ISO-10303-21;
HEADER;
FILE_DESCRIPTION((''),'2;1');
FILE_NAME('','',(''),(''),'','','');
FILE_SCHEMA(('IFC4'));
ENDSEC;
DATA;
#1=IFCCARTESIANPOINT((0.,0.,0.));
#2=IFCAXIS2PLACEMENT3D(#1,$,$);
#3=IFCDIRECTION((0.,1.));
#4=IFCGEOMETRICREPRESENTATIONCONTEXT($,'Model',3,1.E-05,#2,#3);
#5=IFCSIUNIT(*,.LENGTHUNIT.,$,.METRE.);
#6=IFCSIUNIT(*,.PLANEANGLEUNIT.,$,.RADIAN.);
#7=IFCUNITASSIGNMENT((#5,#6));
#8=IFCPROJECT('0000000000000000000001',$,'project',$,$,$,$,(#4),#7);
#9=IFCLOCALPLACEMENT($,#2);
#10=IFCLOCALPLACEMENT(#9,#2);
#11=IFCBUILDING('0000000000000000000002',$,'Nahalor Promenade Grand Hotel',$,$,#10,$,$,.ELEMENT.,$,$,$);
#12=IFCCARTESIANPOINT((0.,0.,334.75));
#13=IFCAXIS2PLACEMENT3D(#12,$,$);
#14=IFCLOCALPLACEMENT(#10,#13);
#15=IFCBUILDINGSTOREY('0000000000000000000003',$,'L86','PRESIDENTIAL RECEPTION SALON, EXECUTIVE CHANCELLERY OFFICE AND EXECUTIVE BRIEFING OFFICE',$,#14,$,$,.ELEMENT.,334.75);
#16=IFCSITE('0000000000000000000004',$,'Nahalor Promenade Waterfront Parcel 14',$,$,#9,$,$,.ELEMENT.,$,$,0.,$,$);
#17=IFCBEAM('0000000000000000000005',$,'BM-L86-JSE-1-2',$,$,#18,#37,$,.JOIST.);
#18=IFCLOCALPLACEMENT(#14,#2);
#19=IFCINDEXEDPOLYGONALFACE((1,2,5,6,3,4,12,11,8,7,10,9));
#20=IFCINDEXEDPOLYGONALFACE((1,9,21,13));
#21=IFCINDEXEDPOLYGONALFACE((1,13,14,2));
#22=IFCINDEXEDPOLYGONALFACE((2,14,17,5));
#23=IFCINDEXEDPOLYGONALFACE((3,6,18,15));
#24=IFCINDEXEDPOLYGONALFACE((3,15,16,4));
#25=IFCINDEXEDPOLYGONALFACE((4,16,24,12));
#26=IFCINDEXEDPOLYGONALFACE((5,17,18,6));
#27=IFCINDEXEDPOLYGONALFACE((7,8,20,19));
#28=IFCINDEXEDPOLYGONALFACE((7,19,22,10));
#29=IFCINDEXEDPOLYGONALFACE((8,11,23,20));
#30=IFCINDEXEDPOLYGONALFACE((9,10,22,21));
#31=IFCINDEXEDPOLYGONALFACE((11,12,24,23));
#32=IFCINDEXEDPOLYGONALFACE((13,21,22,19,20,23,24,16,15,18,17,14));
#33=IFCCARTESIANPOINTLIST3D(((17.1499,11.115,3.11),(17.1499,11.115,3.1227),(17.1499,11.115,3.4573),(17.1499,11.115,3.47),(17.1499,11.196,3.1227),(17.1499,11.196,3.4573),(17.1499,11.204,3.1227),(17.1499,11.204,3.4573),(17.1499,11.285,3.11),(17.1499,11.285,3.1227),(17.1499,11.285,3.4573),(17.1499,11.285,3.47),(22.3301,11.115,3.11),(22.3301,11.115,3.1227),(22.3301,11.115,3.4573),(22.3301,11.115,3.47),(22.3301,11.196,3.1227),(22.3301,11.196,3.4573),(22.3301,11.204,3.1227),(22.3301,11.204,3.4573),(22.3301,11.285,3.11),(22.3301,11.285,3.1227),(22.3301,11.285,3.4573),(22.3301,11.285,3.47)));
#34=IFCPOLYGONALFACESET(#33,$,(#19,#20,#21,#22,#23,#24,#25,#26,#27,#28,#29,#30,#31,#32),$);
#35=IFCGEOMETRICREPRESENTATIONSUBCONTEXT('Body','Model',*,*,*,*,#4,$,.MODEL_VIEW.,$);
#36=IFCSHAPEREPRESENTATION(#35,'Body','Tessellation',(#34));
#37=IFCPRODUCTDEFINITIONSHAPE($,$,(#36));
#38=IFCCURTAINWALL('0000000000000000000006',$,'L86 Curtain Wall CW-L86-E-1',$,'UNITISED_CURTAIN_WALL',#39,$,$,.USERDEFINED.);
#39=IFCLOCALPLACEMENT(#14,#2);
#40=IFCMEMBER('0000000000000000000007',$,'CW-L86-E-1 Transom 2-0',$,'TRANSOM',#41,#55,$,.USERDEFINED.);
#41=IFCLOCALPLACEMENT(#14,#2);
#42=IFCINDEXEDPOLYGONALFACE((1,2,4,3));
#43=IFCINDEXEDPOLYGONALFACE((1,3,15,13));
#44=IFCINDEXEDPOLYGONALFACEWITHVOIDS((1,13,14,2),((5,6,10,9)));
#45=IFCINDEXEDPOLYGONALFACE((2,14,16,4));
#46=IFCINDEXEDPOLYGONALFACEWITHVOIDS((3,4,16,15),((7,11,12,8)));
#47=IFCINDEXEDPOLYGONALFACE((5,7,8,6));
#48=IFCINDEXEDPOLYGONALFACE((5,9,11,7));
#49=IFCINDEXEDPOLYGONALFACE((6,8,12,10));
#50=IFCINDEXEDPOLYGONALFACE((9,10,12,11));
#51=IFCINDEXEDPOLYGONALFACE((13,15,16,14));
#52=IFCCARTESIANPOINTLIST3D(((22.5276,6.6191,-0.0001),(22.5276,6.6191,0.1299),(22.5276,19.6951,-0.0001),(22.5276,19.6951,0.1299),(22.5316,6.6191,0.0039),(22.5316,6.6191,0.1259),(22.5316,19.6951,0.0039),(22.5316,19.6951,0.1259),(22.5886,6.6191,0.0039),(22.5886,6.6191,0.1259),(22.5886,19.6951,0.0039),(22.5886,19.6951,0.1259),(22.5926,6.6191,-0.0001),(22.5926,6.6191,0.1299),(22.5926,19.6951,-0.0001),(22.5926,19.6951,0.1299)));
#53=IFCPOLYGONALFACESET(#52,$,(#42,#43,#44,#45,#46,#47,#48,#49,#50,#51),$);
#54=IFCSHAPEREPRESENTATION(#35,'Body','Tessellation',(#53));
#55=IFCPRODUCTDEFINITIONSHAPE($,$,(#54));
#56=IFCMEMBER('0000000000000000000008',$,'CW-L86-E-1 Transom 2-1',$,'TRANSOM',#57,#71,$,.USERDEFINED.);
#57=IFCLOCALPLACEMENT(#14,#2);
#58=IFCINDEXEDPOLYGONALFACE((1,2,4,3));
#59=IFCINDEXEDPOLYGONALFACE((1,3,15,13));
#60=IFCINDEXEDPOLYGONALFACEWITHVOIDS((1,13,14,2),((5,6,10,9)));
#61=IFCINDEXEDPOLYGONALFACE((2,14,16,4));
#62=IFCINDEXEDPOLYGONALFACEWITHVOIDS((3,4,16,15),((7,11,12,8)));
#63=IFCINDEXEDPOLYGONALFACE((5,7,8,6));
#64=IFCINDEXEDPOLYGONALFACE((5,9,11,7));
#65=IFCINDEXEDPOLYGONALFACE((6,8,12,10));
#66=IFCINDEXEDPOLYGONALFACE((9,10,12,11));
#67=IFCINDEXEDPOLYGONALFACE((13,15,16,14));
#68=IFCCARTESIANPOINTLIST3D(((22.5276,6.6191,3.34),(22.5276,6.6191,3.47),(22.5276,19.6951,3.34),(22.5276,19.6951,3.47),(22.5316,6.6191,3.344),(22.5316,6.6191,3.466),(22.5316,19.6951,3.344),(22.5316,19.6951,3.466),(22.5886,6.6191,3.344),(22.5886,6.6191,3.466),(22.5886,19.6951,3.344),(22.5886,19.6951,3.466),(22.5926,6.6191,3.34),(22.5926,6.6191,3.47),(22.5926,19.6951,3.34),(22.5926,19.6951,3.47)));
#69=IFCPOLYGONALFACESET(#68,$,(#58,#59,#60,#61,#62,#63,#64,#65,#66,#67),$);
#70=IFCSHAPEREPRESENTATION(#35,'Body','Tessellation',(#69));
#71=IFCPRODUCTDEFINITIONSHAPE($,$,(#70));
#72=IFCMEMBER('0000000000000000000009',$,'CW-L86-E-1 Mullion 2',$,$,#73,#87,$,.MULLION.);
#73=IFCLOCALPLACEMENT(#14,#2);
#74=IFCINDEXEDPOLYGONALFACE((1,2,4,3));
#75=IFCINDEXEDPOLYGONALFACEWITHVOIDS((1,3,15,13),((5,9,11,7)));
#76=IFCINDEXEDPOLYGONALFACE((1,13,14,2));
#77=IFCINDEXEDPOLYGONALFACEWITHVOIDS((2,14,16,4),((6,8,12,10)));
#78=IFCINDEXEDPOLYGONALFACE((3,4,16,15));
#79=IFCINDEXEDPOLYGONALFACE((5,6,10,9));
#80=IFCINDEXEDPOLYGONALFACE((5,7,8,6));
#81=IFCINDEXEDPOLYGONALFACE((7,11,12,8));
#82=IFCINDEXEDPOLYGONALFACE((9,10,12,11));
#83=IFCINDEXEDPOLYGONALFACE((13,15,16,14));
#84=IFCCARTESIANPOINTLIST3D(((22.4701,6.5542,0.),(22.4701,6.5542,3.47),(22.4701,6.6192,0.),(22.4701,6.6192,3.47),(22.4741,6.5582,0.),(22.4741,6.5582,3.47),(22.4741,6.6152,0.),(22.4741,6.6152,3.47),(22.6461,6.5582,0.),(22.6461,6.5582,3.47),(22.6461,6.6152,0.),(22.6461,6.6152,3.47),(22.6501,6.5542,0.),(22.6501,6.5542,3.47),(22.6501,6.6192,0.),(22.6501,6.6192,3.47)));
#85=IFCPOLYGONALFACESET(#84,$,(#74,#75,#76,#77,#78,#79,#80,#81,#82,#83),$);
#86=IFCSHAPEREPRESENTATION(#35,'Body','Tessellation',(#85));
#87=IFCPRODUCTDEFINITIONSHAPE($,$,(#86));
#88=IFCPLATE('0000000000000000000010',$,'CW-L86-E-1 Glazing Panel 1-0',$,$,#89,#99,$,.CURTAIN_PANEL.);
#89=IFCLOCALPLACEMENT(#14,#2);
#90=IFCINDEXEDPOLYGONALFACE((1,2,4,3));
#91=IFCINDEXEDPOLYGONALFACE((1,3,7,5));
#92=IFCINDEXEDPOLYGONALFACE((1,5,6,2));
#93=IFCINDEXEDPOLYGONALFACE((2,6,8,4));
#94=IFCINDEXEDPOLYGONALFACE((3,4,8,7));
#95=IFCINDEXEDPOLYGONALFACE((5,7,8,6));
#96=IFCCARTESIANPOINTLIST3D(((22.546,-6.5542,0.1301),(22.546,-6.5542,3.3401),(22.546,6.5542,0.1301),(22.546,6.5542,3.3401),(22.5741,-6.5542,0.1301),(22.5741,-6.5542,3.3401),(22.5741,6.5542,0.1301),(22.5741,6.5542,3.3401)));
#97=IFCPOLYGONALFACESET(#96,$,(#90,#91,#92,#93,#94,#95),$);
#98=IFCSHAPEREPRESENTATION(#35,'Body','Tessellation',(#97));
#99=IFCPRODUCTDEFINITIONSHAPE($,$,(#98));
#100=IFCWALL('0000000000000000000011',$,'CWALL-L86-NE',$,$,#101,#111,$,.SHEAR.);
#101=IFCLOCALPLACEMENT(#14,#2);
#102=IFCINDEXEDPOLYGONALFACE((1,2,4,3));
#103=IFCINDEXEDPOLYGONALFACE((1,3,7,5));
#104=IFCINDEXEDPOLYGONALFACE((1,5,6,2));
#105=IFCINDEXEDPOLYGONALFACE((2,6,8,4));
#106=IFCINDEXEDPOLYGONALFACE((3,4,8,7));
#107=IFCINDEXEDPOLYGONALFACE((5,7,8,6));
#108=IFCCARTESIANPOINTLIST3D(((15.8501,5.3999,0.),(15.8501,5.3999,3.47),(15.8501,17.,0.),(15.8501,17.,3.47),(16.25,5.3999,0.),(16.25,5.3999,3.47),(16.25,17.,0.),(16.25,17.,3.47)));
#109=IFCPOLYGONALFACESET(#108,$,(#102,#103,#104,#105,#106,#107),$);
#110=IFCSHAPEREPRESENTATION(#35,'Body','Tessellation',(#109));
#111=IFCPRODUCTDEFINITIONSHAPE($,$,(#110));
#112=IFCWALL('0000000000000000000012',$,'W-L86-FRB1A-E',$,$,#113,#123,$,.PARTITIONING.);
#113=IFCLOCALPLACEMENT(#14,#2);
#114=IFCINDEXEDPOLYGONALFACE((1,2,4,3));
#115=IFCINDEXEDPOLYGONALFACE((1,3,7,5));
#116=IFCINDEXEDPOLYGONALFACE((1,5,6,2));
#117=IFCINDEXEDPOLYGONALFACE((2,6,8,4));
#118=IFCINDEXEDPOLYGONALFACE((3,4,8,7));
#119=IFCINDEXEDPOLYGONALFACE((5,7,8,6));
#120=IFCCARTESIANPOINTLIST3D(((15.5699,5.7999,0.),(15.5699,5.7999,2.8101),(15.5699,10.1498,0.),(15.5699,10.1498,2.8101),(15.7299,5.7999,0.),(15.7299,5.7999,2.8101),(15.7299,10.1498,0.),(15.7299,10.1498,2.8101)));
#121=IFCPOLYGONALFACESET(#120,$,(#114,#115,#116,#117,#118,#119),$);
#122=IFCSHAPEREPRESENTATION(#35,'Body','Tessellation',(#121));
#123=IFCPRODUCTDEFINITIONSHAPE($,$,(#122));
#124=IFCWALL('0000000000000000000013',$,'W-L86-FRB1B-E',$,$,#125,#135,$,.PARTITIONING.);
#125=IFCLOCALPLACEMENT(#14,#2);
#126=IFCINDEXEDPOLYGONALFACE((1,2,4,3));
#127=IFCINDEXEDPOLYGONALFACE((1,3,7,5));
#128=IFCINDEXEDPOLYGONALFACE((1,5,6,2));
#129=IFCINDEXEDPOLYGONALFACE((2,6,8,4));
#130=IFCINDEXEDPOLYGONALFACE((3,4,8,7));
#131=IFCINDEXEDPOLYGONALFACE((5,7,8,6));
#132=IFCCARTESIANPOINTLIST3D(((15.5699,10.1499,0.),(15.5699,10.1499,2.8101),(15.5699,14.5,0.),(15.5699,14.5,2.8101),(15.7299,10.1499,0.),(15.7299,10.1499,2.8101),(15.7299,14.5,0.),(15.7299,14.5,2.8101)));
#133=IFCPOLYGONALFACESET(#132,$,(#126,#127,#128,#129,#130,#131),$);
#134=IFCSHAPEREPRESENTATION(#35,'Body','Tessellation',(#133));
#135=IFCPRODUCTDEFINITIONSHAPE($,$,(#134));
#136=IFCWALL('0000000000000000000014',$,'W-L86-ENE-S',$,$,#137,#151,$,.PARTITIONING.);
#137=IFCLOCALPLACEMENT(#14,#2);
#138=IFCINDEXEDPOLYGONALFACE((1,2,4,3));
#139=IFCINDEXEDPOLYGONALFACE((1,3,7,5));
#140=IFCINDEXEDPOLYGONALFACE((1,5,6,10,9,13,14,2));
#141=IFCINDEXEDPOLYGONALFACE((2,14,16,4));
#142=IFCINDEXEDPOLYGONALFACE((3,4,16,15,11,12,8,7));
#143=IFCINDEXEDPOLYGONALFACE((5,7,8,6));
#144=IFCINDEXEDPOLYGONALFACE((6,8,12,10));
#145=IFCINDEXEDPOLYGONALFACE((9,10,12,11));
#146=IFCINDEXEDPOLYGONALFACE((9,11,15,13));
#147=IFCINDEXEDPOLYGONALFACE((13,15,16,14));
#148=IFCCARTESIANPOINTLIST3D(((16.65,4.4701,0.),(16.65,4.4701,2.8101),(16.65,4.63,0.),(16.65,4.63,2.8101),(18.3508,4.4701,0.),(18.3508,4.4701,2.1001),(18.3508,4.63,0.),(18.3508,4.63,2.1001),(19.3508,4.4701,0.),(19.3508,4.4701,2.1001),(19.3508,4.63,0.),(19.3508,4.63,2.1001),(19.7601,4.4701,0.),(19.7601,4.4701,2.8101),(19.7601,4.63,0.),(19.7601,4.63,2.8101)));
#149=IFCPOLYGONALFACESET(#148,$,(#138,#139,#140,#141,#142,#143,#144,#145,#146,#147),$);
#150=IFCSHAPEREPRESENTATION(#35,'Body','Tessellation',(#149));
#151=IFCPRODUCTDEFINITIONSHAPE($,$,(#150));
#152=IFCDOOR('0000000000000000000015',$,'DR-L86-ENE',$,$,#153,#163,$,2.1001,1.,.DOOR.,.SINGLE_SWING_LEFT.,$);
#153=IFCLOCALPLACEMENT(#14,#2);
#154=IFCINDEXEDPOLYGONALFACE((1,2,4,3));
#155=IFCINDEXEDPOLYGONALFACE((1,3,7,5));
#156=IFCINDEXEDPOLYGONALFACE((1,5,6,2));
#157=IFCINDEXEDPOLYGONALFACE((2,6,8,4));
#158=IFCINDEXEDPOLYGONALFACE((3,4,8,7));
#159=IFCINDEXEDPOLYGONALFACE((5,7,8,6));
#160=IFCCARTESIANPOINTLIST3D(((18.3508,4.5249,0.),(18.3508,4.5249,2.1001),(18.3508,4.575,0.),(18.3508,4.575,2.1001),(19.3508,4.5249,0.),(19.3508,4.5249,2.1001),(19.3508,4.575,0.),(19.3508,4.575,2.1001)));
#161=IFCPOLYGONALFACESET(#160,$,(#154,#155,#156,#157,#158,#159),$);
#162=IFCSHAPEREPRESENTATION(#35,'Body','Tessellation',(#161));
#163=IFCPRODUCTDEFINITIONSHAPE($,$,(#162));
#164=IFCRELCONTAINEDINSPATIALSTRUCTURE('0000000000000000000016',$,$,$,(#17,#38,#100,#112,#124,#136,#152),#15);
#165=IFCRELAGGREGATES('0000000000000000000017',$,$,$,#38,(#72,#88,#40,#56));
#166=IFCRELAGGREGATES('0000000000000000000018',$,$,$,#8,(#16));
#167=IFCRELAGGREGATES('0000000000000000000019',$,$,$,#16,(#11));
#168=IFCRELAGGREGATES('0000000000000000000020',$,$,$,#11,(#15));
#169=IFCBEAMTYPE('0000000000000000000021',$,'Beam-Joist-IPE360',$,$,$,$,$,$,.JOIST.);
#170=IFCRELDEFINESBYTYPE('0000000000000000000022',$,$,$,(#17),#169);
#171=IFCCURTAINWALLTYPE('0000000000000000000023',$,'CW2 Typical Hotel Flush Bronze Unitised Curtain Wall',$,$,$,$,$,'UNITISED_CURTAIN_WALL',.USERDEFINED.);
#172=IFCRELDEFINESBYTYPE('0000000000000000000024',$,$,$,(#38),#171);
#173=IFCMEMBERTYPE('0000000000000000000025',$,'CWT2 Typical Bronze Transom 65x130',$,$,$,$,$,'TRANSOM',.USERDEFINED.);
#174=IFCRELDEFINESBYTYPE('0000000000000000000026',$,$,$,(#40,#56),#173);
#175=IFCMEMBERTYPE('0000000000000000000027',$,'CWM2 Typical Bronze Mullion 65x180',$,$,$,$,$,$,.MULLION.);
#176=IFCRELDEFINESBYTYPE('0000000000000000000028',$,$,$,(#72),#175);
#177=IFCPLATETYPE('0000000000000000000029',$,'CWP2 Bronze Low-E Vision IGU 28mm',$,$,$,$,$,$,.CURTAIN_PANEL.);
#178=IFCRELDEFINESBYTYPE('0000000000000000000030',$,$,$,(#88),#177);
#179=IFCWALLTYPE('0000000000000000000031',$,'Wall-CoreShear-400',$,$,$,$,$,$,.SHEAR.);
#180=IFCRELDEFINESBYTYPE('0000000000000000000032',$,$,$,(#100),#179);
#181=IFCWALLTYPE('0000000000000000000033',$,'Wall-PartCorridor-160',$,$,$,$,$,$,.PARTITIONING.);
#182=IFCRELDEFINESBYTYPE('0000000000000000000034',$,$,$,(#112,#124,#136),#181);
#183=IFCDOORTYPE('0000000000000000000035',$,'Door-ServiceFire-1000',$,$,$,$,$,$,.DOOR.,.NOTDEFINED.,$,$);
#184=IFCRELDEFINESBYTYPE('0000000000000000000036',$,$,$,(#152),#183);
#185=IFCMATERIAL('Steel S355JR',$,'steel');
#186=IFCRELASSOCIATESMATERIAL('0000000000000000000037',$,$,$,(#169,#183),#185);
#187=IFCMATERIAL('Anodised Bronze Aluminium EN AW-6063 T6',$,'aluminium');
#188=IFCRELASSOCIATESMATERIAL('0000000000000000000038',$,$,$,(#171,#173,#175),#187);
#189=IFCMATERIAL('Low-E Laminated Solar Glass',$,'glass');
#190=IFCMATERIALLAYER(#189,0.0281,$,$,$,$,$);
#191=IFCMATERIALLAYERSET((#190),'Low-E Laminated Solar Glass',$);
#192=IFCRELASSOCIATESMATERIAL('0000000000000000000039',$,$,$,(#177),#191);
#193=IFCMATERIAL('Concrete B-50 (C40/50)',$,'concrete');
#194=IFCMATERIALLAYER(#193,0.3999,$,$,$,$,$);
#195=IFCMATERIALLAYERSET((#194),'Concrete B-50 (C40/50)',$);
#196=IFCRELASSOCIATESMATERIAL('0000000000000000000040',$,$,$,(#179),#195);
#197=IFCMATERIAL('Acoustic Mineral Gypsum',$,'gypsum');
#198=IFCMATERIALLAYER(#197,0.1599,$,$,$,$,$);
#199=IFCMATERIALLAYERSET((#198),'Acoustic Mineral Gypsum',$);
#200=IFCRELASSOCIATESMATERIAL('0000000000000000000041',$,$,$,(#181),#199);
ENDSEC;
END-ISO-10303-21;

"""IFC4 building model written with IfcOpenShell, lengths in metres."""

from ifc_helpers import new_model, si_unit, direction, frame, frame_2d, origin, origin_2d, place, context, subcontext, project, spatial, rectangle, hollow_rectangle, i_section, extrude, source, transform, mapped, material, layer, layer_set, material_profile, profile_set, type_object, element, fill, aggregate, save


model = new_model("IFC4")

# Units and contexts
model_context = context("Model", 3, precision=1e-05, world=origin(), true_north=direction((0.0, 1.0)))
body_context = subcontext(model_context, "Body", "Model", "MODEL_VIEW")
ifc_project = project(units=[si_unit("LENGTHUNIT", "METRE"), si_unit("PLANEANGLEUNIT", "RADIAN")], contexts=[model_context])

# Site, building, storey
site_placement = place(None, origin())
site = spatial("IfcSite", under=ifc_project, at=site_placement, Name="Nahalor Promenade Waterfront Parcel 14", CompositionType="ELEMENT", RefElevation=0.0)
building_placement = place(site_placement, origin())
building = spatial("IfcBuilding", under=site, at=building_placement, Name="Nahalor Promenade Grand Hotel", CompositionType="ELEMENT")
storey_placement = place(building_placement, frame((0.0, 0.0, 334.75)))
storey = spatial("IfcBuildingStorey", under=building, at=storey_placement, Name="L86", Description="PRESIDENTIAL RECEPTION SALON, EXECUTIVE CHANCELLERY OFFICE AND EXECUTIVE BRIEFING OFFICE", CompositionType="ELEMENT", Elevation=334.75)

# Shared definitions
ifc_material_1 = material(Name="Steel S355JR", Category="steel")

# Beam
ifc_material_profile_1 = material_profile(ifc_material_1, i_section(OverallWidth=0.17, OverallDepth=0.36, WebThickness=0.008, FlangeThickness=0.0127, at=origin_2d()), Name="IPE 360")
ifc_profile_set_1 = profile_set([ifc_material_profile_1], Name="Steel S355JR")
beam_type_1 = type_object("IfcBeamType", Name="Beam-Joist-IPE360", PredefinedType="JOIST", material=ifc_profile_set_1)
shared_shape_1 = source(origin(), body_context, "Body", "SweptSolid", [
    extrude(i_section(OverallWidth=0.17, OverallDepth=0.36, WebThickness=0.008, FlangeThickness=0.0127, at=origin_2d()), origin(), (0.0, 0.0, 1.0), 5.1802),
])
beam_1_placement = place(storey_placement, frame((17.1499, 11.2, 3.29), z_axis=(1.0, 0.0, 0.0), x_axis=(0.0, 1.0, 0.0)))
element("IfcBeam", 1, at=beam_1_placement, inside=storey, type_object=beam_type_1, Name="BM-L86-JSE-1-2", PredefinedType="JOIST", context=body_context, shape_type="MappedRepresentation", body=[
    mapped(shared_shape_1, transform((0.0, 0.0, 0.0), scale=1.0)),
])

# Curtain wall, members, plate
ifc_material_2 = material(Name="Anodised Bronze Aluminium EN AW-6063 T6", Category="aluminium")
curtain_wall_type = type_object("IfcCurtainWallType", Name="CW2 Typical Hotel Flush Bronze Unitised Curtain Wall", ElementType="UNITISED_CURTAIN_WALL", PredefinedType="USERDEFINED", material=ifc_material_2)
curtain_wall_placement = place(storey_placement, origin())
curtain_wall = element("IfcCurtainWall", 2, at=curtain_wall_placement, inside=storey, type_object=curtain_wall_type, Name="L86 Curtain Wall CW-L86-E-1", ObjectType="UNITISED_CURTAIN_WALL", PredefinedType="USERDEFINED")
ifc_material_profile_2 = material_profile(ifc_material_2, hollow_rectangle(XDim=0.065, YDim=0.13, WallThickness=0.004, at=origin_2d()), Name="CWT 65x130x4")
ifc_profile_set_2 = profile_set([ifc_material_profile_2], Name="Anodised Bronze Aluminium EN AW-6063 T6")
member_type_1 = type_object("IfcMemberType", Name="CWT2 Typical Bronze Transom 65x130", ElementType="TRANSOM", PredefinedType="USERDEFINED", material=ifc_profile_set_2)
shared_shape_2 = source(origin(), body_context, "Body", "SweptSolid", [
    extrude(hollow_rectangle(XDim=0.065, YDim=0.13, WallThickness=0.004, at=origin_2d()), origin(), (0.0, 0.0, 1.0), 13.0759),
])
member_1_placement = place(storey_placement, frame((22.5601, 6.6191, 0.0649), z_axis=(0.0, 1.0, 0.0), x_axis=(-1.0, 0.0, 0.0)))
member_1 = element("IfcMember", 3, at=member_1_placement, type_object=member_type_1, Name="CW-L86-E-1 Transom 2-0", ObjectType="TRANSOM", PredefinedType="USERDEFINED", context=body_context, shape_type="MappedRepresentation", body=[
    mapped(shared_shape_2, transform((0.0, 0.0, 0.0), scale=1.0)),
])
member_2_placement = place(storey_placement, frame((22.5601, 6.6191, 3.405), z_axis=(0.0, 1.0, 0.0), x_axis=(-1.0, 0.0, 0.0)))
member_2 = element("IfcMember", 4, at=member_2_placement, type_object=member_type_1, Name="CW-L86-E-1 Transom 2-1", ObjectType="TRANSOM", PredefinedType="USERDEFINED", context=body_context, shape_type="MappedRepresentation", body=[
    mapped(shared_shape_2, transform((0.0, 0.0, 0.0), scale=1.0)),
])
ifc_material_profile_3 = material_profile(ifc_material_2, hollow_rectangle(XDim=0.065, YDim=0.18, WallThickness=0.004, at=origin_2d()), Name="CWM 65x180x4")
ifc_profile_set_3 = profile_set([ifc_material_profile_3], Name="Anodised Bronze Aluminium EN AW-6063 T6")
member_type_2 = type_object("IfcMemberType", Name="CWM2 Typical Bronze Mullion 65x180", PredefinedType="MULLION", material=ifc_profile_set_3)
shared_shape_3 = source(origin(), body_context, "Body", "SweptSolid", [
    extrude(hollow_rectangle(XDim=0.065, YDim=0.18, WallThickness=0.004, at=origin_2d()), origin(), (0.0, 0.0, 1.0), 3.47),
])
member_3_placement = place(storey_placement, frame((22.5601, 6.5867, 0.0), z_axis=(0.0, 0.0, 1.0), x_axis=(0.0, 1.0, 0.0)))
member_3 = element("IfcMember", 5, at=member_3_placement, type_object=member_type_2, Name="CW-L86-E-1 Mullion 2", PredefinedType="MULLION", context=body_context, shape_type="MappedRepresentation", body=[
    mapped(shared_shape_3, transform((0.0, 0.0, 0.0), scale=1.0)),
])
ifc_material_3 = material(Name="Low-E Laminated Solar Glass", Category="glass")
ifc_layer_1 = layer(ifc_material_3, 0.0281)
ifc_layer_set_1 = layer_set([ifc_layer_1], Name="Low-E Laminated Solar Glass")
plate_type = type_object("IfcPlateType", Name="CWP2 Bronze Low-E Vision IGU 28mm", PredefinedType="CURTAIN_PANEL", material=ifc_layer_set_1)
shared_shape_4 = source(origin(), body_context, "Body", "SweptSolid", [
    extrude(rectangle(XDim=13.1084, YDim=0.0281, at=origin_2d()), origin(), (0.0, 0.0, 1.0), 3.21),
])
plate_placement = place(storey_placement, frame((22.5601, 0.0, 0.1301), z_axis=(0.0, 0.0, 1.0), x_axis=(0.0, 1.0, 0.0)))
plate = element("IfcPlate", 6, at=plate_placement, type_object=plate_type, Name="CW-L86-E-1 Glazing Panel 1-0", PredefinedType="CURTAIN_PANEL", context=body_context, shape_type="MappedRepresentation", body=[
    mapped(shared_shape_4, transform((0.0, 0.0, 0.0), scale=1.0)),
])
aggregate(curtain_wall, [member_3, plate, member_1, member_2])

# Walls
ifc_material_4 = material(Name="Concrete B-50 (C40/50)", Category="concrete")
ifc_layer_2 = layer(ifc_material_4, 0.3999)
ifc_layer_set_2 = layer_set([ifc_layer_2], Name="Concrete B-50 (C40/50)")
wall_type_1 = type_object("IfcWallType", Name="Wall-CoreShear-400", PredefinedType="SHEAR", material=ifc_layer_set_2)
shared_shape_5 = source(origin(), body_context, "Body", "SweptSolid", [
    extrude(rectangle(XDim=11.6001, YDim=0.3999, at=frame_2d((5.8, 0.0))), origin(), (0.0, 0.0, 1.0), 3.47),
])
wall_1_placement = place(storey_placement, frame((16.05, 5.3999, 0.0), z_axis=(0.0, 0.0, 1.0), x_axis=(0.0, 1.0, 0.0)))
element("IfcWall", 7, at=wall_1_placement, inside=storey, type_object=wall_type_1, Name="CWALL-L86-NE", PredefinedType="SHEAR", context=body_context, shape_type="MappedRepresentation", body=[
    mapped(shared_shape_5, transform((0.0, 0.0, 0.0), scale=1.0)),
])
ifc_material_5 = material(Name="Acoustic Mineral Gypsum", Category="gypsum")
ifc_layer_3 = layer(ifc_material_5, 0.1599)
ifc_layer_set_3 = layer_set([ifc_layer_3], Name="Acoustic Mineral Gypsum")
wall_type_2 = type_object("IfcWallType", Name="Wall-PartCorridor-160", PredefinedType="PARTITIONING", material=ifc_layer_set_3)
shared_shape_6 = source(origin(), body_context, "Body", "SweptSolid", [
    extrude(rectangle(XDim=4.3499, YDim=0.1599, at=frame_2d((2.1748, 0.0))), origin(), (0.0, 0.0, 1.0), 2.8101),
])
wall_2_placement = place(storey_placement, frame((15.6499, 5.8, 0.0), z_axis=(0.0, 0.0, 1.0), x_axis=(0.0, 1.0, 0.0)))
element("IfcWall", 8, at=wall_2_placement, inside=storey, type_object=wall_type_2, Name="W-L86-FRB1A-E", PredefinedType="PARTITIONING", context=body_context, shape_type="MappedRepresentation", body=[
    mapped(shared_shape_6, transform((0.0, 0.0, 0.0), scale=1.0)),
])
shared_shape_7 = source(origin(), body_context, "Body", "SweptSolid", [
    extrude(rectangle(XDim=4.3501, YDim=0.1599, at=frame_2d((2.175, 0.0))), origin(), (0.0, 0.0, 1.0), 2.8101),
])
wall_3_placement = place(storey_placement, frame((15.6499, 10.1499, 0.0), z_axis=(0.0, 0.0, 1.0), x_axis=(0.0, 1.0, 0.0)))
element("IfcWall", 9, at=wall_3_placement, inside=storey, type_object=wall_type_2, Name="W-L86-FRB1B-E", PredefinedType="PARTITIONING", context=body_context, shape_type="MappedRepresentation", body=[
    mapped(shared_shape_7, transform((0.0, 0.0, 0.0), scale=1.0)),
])

# Wall, opening, door
shared_shape_8 = source(origin(), body_context, "Body", "SweptSolid", [
    extrude(rectangle(XDim=3.1101, YDim=0.1599, at=frame_2d((1.5552, 0.0))), origin(), (0.0, 0.0, 1.0), 2.8101),
])
wall_4_placement = place(storey_placement, frame((16.6499, 4.55, 0.0), z_axis=(0.0, 0.0, 1.0), x_axis=(1.0, 0.0, 0.0)))
wall_4 = element("IfcWall", 10, at=wall_4_placement, inside=storey, type_object=wall_type_2, Name="W-L86-ENE-S", PredefinedType="PARTITIONING", context=body_context, shape_type="MappedRepresentation", body=[
    mapped(shared_shape_8, transform((0.0, 0.0, 0.0), scale=1.0)),
])
opening_1_placement = place(wall_4_placement, frame((1.7009, 0.0, 0.0)))
opening_1 = element("IfcOpeningElement", 11, at=opening_1_placement, cuts=wall_4, PredefinedType="OPENING", context=body_context, shape_type="SweptSolid", body=[
    extrude(rectangle(XDim=1.0, YDim=2.1001, at=frame_2d((0.5, 1.05))), frame((0.0, 0.0898, 0.0), z_axis=(0.0, -1.0, 0.0), x_axis=(1.0, 0.0, 0.0)), (0.0, 0.0, 1.0), 0.1799),
])
door_type = type_object("IfcDoorType", Name="Door-ServiceFire-1000", OperationType="NOTDEFINED", PredefinedType="DOOR", material=ifc_material_1)
shared_shape_9 = source(origin(), body_context, "Body", "SweptSolid", [
    extrude(rectangle(XDim=1.0, YDim=2.1001, at=frame_2d((0.5, 1.05))), frame((0.0, 0.0249, 0.0), z_axis=(0.0, -1.0, 0.0), x_axis=(1.0, 0.0, 0.0)), (0.0, 0.0, 1.0), 0.05),
])
door_1_placement = place(opening_1_placement, origin())
door_1 = element("IfcDoor", 12, at=door_1_placement, inside=storey, type_object=door_type, Name="DR-L86-ENE", OperationType="SINGLE_SWING_LEFT", OverallHeight=2.1001, OverallWidth=1.0, PredefinedType="DOOR", context=body_context, shape_type="MappedRepresentation", body=[
    mapped(shared_shape_9, transform((0.0, 0.0, 0.0), scale=1.0)),
])
fill(opening_1, door_1)

save(model, "model.ifc")
